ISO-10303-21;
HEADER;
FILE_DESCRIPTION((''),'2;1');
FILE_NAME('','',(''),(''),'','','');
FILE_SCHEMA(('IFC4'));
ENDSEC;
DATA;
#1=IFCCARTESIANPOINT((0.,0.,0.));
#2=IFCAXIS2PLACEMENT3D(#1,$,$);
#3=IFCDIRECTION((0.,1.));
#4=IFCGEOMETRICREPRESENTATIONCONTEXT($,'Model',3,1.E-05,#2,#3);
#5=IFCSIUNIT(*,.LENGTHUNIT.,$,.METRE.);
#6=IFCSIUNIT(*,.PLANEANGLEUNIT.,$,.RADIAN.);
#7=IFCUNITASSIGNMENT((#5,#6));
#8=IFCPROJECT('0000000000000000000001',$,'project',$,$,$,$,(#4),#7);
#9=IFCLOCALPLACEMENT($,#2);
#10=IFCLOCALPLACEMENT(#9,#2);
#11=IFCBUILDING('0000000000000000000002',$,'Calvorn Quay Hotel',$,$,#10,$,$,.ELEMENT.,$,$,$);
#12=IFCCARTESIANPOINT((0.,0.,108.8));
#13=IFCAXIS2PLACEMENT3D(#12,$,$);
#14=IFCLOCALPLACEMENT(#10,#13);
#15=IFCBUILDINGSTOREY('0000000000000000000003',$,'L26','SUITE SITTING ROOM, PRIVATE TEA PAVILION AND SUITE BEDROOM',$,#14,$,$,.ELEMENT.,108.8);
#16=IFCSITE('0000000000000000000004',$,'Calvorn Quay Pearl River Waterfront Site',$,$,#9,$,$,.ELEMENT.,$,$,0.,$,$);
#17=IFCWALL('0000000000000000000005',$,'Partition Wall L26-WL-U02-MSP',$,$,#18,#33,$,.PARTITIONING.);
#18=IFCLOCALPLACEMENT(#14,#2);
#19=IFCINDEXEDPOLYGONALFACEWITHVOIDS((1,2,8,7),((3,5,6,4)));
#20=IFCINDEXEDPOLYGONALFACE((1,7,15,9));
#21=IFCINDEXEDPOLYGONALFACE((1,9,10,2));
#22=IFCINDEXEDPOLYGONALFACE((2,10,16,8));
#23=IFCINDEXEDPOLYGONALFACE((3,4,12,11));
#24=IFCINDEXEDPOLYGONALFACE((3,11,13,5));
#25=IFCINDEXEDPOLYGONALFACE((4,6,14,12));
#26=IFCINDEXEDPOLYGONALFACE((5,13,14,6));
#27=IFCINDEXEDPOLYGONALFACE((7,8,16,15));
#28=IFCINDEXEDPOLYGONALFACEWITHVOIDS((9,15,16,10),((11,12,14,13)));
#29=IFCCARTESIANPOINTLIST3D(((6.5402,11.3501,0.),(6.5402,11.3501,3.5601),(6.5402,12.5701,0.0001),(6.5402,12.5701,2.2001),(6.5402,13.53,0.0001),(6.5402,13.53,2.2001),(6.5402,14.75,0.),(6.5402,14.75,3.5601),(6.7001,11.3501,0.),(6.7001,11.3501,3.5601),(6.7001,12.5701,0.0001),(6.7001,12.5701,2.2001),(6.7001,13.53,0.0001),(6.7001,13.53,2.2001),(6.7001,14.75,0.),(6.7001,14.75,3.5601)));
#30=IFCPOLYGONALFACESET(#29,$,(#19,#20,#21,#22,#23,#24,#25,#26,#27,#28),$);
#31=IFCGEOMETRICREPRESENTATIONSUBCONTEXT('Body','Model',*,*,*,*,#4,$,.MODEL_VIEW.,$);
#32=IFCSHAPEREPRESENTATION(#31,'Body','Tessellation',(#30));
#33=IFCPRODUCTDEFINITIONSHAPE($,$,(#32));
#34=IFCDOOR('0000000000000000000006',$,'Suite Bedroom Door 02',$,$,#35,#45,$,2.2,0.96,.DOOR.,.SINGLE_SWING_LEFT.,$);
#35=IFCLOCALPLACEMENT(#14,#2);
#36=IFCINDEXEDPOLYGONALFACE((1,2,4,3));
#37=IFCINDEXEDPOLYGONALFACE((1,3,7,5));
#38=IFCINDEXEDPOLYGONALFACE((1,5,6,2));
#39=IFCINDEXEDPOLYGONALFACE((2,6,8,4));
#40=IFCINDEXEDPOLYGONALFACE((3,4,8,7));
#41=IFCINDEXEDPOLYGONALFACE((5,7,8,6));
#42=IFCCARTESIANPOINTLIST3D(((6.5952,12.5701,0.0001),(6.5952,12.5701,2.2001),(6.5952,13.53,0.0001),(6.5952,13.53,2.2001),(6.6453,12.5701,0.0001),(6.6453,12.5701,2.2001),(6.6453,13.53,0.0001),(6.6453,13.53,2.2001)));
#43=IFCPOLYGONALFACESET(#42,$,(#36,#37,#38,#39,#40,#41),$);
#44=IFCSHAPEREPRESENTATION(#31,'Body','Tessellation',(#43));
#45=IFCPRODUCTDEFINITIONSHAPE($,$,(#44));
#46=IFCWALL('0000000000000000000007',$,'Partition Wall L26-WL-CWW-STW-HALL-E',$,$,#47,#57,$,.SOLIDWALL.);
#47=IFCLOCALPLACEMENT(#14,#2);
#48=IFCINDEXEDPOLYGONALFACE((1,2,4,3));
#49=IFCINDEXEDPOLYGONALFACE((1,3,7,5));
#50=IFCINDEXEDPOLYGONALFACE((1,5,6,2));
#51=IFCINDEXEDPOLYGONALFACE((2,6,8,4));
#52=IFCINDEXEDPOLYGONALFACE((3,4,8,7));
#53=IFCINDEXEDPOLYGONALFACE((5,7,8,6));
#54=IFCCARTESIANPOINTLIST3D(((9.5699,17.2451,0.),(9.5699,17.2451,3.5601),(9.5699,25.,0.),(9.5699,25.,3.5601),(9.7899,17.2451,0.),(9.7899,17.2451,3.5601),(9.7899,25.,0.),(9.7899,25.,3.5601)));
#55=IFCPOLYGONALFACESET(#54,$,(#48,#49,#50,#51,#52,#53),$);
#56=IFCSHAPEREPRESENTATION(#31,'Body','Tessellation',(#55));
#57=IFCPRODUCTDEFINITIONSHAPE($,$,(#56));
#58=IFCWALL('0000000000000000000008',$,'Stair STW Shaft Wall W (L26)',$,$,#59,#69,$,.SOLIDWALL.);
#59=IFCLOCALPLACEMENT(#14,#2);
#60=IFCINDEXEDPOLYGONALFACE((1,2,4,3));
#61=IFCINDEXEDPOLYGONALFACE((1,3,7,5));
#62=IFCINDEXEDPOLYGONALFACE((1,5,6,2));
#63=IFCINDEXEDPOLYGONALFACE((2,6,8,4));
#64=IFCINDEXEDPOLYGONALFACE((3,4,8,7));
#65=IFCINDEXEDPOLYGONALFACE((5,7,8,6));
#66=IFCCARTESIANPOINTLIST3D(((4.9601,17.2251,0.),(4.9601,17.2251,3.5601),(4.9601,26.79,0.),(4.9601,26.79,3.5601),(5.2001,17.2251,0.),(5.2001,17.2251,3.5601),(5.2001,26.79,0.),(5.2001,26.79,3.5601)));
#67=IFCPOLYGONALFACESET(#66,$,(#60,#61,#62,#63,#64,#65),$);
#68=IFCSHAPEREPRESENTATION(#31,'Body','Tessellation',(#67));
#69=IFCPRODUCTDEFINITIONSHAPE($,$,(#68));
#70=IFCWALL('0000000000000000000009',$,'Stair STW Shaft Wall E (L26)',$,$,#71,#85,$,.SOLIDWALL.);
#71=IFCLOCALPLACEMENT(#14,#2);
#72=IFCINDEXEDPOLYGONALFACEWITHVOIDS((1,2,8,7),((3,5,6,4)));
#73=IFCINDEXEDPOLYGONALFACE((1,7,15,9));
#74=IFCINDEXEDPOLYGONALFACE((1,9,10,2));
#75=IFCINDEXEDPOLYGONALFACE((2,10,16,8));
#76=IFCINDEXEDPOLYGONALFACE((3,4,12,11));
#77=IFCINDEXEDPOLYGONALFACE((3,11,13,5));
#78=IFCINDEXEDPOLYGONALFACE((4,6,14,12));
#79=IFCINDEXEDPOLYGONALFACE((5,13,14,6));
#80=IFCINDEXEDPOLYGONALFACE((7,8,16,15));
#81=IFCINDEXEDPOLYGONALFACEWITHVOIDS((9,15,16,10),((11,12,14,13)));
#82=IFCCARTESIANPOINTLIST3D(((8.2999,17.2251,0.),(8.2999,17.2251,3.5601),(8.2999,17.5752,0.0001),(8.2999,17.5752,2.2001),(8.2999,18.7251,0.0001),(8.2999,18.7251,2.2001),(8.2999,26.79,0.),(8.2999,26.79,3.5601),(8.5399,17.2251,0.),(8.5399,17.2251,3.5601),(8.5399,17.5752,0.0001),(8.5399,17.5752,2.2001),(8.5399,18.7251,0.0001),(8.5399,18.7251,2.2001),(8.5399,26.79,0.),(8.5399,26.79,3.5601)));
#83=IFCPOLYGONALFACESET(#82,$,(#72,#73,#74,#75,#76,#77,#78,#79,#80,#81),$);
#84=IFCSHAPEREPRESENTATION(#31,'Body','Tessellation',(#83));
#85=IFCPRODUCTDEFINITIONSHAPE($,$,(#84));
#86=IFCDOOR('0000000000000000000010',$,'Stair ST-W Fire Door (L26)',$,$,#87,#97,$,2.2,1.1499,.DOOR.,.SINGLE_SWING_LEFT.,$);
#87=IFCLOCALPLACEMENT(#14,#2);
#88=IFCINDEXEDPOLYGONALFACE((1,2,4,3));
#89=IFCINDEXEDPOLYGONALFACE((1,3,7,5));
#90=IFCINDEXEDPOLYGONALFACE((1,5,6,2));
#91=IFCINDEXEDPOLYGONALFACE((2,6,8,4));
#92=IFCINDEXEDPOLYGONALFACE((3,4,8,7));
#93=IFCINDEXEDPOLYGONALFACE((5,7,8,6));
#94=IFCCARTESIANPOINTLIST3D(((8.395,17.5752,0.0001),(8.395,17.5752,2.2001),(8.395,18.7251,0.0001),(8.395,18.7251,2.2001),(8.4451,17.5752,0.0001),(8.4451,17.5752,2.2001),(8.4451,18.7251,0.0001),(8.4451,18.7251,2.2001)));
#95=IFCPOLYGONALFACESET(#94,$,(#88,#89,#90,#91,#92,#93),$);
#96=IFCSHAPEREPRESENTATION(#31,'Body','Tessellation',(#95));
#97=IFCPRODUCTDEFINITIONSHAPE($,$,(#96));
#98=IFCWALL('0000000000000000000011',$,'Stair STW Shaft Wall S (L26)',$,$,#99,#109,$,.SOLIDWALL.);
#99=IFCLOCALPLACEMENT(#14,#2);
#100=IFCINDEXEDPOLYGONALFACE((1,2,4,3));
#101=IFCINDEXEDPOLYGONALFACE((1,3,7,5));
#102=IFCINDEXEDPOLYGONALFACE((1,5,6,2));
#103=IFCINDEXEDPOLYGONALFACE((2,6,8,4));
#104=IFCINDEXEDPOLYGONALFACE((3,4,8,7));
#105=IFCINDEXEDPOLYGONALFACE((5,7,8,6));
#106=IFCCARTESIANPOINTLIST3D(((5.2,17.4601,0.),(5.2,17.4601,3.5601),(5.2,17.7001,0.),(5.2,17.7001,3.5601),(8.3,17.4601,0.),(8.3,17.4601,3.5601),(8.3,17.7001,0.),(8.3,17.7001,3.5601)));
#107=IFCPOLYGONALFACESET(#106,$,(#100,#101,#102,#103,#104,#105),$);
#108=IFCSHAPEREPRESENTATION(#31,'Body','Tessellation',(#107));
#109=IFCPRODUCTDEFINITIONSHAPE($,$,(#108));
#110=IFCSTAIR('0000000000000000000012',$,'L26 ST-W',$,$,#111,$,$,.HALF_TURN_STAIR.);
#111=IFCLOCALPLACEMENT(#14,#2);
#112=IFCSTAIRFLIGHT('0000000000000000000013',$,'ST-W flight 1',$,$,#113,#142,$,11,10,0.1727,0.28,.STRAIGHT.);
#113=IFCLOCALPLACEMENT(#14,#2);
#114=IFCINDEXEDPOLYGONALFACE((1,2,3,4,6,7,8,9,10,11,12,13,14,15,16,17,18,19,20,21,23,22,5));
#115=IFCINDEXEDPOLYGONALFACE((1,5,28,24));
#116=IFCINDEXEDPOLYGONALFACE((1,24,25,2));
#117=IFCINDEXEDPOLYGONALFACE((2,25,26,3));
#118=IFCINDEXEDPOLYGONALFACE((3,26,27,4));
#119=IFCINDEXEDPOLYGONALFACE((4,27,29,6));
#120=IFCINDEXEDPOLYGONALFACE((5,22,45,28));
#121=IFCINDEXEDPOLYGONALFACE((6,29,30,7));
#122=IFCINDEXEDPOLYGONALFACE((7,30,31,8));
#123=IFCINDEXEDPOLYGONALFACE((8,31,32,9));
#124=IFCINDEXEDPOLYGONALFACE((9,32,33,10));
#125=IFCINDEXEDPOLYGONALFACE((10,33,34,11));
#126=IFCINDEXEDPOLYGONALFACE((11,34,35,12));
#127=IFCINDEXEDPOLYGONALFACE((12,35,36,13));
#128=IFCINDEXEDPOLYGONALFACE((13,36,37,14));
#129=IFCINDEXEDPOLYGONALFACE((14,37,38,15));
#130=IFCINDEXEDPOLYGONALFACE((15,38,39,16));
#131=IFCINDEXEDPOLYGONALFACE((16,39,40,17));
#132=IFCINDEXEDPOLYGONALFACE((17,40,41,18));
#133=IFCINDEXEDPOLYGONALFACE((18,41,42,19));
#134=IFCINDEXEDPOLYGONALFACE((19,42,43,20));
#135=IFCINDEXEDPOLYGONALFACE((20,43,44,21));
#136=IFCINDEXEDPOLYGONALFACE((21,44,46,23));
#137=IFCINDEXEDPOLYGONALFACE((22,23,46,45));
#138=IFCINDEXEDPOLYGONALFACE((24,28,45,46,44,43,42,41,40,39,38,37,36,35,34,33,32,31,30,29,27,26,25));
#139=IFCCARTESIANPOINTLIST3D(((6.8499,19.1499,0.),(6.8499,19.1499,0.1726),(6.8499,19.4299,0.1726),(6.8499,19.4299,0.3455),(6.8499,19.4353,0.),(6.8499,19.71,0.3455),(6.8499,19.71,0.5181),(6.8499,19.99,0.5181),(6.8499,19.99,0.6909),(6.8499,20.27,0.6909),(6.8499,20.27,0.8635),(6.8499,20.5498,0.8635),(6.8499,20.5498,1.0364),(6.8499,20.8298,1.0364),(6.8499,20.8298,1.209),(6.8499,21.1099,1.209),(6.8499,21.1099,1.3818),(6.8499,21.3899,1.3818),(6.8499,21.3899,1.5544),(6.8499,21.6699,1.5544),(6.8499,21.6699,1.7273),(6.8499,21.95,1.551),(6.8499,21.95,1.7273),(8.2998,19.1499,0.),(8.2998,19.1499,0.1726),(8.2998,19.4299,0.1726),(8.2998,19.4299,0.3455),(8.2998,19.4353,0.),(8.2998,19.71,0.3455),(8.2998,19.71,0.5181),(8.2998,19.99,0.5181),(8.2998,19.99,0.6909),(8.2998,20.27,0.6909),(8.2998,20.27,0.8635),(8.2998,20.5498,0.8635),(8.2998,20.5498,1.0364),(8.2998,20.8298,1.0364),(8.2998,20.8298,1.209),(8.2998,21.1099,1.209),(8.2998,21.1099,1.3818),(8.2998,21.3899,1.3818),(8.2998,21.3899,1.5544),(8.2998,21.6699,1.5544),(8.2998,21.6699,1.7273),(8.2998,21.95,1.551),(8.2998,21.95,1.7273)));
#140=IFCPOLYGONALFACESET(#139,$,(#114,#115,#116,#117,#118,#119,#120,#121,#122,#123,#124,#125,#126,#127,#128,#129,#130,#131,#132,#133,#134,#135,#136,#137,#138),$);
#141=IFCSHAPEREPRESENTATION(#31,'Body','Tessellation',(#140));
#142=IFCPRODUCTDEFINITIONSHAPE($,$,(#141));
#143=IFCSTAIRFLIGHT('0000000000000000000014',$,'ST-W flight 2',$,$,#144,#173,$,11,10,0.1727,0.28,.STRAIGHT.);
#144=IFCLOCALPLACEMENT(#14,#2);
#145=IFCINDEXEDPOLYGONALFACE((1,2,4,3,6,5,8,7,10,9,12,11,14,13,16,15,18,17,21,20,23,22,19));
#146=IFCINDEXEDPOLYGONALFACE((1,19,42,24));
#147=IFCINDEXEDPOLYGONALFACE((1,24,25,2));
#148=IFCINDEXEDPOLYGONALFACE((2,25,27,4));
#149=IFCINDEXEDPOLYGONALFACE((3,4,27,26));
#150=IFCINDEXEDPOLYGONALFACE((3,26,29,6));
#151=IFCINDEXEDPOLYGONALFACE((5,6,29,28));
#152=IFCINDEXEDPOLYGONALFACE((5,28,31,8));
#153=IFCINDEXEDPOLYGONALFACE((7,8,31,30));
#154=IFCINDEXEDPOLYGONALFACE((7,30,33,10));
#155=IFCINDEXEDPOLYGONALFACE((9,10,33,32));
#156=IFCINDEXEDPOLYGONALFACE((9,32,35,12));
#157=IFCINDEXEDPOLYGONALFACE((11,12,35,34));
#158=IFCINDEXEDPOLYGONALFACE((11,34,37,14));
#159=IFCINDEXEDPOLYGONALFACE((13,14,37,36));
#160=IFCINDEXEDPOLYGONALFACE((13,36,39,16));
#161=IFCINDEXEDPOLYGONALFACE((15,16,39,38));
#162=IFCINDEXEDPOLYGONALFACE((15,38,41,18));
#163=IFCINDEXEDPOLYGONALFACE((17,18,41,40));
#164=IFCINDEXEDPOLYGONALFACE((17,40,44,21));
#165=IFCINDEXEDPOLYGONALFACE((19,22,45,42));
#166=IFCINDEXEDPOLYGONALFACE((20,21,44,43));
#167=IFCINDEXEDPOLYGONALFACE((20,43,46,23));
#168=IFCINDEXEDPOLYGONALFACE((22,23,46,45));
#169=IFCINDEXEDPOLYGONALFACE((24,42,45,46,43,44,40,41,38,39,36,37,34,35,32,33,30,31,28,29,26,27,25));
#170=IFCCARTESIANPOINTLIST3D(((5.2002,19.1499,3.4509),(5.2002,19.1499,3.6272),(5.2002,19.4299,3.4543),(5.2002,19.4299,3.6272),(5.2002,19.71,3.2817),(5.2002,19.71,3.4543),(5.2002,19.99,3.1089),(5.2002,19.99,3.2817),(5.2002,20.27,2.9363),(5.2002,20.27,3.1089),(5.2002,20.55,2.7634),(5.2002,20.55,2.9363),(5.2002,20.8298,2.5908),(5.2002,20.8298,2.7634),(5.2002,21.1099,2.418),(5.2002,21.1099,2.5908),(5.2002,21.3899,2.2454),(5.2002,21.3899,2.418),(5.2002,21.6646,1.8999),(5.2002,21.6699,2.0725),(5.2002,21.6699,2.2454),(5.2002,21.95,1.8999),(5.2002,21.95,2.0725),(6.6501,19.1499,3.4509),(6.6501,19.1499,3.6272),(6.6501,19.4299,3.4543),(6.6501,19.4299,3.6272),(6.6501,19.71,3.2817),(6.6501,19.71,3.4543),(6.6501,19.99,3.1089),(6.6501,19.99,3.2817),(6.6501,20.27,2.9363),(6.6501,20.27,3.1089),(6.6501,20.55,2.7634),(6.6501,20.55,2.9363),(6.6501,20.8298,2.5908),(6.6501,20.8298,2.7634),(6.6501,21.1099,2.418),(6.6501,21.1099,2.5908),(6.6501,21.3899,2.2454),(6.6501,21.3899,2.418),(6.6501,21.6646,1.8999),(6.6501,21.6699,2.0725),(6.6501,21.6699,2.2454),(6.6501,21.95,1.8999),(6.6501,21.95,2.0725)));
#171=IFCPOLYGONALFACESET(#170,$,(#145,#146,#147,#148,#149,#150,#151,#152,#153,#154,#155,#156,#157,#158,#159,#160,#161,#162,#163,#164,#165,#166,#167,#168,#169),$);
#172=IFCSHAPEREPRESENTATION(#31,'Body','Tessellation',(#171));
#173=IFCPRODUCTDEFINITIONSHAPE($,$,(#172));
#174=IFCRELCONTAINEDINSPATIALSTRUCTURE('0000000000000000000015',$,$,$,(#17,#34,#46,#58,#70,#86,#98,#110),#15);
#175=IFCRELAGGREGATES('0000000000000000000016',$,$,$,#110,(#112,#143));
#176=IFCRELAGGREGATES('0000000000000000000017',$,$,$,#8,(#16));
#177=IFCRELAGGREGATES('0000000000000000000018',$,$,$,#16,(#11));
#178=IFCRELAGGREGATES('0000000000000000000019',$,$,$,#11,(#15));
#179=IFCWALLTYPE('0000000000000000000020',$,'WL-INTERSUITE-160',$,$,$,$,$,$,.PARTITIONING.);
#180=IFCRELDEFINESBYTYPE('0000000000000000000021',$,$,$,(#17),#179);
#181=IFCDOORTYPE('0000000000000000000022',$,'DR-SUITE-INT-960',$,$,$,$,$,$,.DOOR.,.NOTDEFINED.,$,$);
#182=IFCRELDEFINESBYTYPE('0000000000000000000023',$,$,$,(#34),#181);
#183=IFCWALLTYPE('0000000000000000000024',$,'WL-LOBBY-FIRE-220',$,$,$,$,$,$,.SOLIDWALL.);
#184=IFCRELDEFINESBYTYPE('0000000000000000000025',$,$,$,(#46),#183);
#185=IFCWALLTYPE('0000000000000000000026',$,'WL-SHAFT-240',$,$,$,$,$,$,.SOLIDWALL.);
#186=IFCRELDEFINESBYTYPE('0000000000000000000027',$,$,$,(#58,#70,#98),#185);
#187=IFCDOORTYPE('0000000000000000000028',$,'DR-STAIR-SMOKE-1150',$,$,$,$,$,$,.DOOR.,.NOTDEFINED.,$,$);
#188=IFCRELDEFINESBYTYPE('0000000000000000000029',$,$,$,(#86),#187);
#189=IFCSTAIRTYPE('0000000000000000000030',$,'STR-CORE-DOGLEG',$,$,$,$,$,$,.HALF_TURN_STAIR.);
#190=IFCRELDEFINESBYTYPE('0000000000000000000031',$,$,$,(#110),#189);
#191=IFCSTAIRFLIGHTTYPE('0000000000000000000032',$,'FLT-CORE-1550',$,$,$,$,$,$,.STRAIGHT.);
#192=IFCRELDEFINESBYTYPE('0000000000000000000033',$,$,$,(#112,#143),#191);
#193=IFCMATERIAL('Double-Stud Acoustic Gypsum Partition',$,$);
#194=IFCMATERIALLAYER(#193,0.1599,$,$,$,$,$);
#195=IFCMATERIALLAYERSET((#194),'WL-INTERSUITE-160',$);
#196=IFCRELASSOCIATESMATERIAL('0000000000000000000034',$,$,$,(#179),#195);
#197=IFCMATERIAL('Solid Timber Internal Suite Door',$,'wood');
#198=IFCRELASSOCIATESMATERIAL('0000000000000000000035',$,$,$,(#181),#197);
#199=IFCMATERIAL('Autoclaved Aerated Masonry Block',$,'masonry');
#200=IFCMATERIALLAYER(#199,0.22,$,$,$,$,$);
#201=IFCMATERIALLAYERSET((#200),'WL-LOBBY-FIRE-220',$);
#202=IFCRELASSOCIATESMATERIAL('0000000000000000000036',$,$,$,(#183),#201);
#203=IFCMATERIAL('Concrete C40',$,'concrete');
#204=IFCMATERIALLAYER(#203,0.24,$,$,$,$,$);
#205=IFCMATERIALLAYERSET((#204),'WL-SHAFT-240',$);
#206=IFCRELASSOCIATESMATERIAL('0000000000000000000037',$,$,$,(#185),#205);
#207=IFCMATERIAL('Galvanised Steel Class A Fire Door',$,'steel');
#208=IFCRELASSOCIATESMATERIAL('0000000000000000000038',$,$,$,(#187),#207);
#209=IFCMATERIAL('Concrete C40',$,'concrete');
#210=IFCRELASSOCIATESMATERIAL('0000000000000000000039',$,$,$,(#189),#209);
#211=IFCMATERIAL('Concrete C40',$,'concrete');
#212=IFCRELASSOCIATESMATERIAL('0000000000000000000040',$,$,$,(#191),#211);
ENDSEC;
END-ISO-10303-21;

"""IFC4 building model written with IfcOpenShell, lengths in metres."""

from ifc_helpers import new_model, si_unit, direction, frame, frame_2d, origin, place, context, subcontext, project, spatial, polyline, rectangle, outline, extrude, material, layer, layer_set, type_object, element, fill, aggregate, save


model = new_model("IFC4")

# Units and contexts
model_context = context("Model", 3, precision=1e-05, world=origin(), true_north=direction((0.0, 1.0)))
body_context = subcontext(model_context, "Body", "Model", "MODEL_VIEW")
ifc_project = project(units=[si_unit("LENGTHUNIT", "METRE"), si_unit("PLANEANGLEUNIT", "RADIAN")], contexts=[model_context])

# Site, building, storey
site_placement = place(None, origin())
site = spatial("IfcSite", under=ifc_project, at=site_placement, Name="Calvorn Quay Pearl River Waterfront Site", CompositionType="ELEMENT", RefElevation=0.0)
building_placement = place(site_placement, origin())
building = spatial("IfcBuilding", under=site, at=building_placement, Name="Calvorn Quay Hotel", CompositionType="ELEMENT")
storey_placement = place(building_placement, frame((0.0, 0.0, 108.8)))
storey = spatial("IfcBuildingStorey", under=building, at=storey_placement, Name="L26", Description="SUITE SITTING ROOM, PRIVATE TEA PAVILION AND SUITE BEDROOM", CompositionType="ELEMENT", Elevation=108.8)

# Wall, opening, door
ifc_material_1 = material(Name="Double-Stud Acoustic Gypsum Partition")
ifc_layer_1 = layer(ifc_material_1, 0.1599)
ifc_layer_set_1 = layer_set([ifc_layer_1], Name="WL-INTERSUITE-160")
wall_type_1 = type_object("IfcWallType", Name="WL-INTERSUITE-160", PredefinedType="PARTITIONING", material=ifc_layer_set_1)
wall_1_placement = place(storey_placement, frame((6.6201, 11.3501, 0.0), z_axis=(0.0, 0.0, 1.0), x_axis=(0.0, 1.0, 0.0)))
wall_1 = element("IfcWall", 1, at=wall_1_placement, inside=storey, type_object=wall_type_1, Name="Partition Wall L26-WL-U02-MSP", PredefinedType="PARTITIONING", context=body_context, shape_type="SweptSolid", body=[
    extrude(rectangle(XDim=3.3999, YDim=0.1599, at=frame_2d((1.7, 0.0))), origin(), (0.0, 0.0, 1.0), 3.5601),
])
opening_1_placement = place(wall_1_placement, frame((1.22, 0.0, 0.0)))
opening_1 = element("IfcOpeningElement", 2, at=opening_1_placement, cuts=wall_1, PredefinedType="OPENING", context=body_context, shape_type="SweptSolid", body=[
    extrude(rectangle(XDim=0.96, YDim=2.2, at=frame_2d((0.48, 1.1001))), frame((0.0, 0.0898, 0.0), z_axis=(0.0, -1.0, 0.0), x_axis=(1.0, 0.0, 0.0)), (0.0, 0.0, 1.0), 0.1799),
])
ifc_material_2 = material(Name="Solid Timber Internal Suite Door", Category="wood")
door_type_1 = type_object("IfcDoorType", Name="DR-SUITE-INT-960", OperationType="NOTDEFINED", PredefinedType="DOOR", material=ifc_material_2)
door_1_placement = place(opening_1_placement, origin())
door_1 = element("IfcDoor", 3, at=door_1_placement, inside=storey, type_object=door_type_1, Name="Suite Bedroom Door 02", OperationType="SINGLE_SWING_LEFT", OverallHeight=2.2, OverallWidth=0.96, PredefinedType="DOOR", context=body_context, shape_type="SweptSolid", body=[
    extrude(rectangle(XDim=0.96, YDim=2.2, at=frame_2d((0.48, 1.1001))), frame((0.0, 0.0249, 0.0), z_axis=(0.0, -1.0, 0.0), x_axis=(1.0, 0.0, 0.0)), (0.0, 0.0, 1.0), 0.05),
])
fill(opening_1, door_1)

# Walls
ifc_material_3 = material(Name="Autoclaved Aerated Masonry Block", Category="masonry")
ifc_layer_2 = layer(ifc_material_3, 0.22)
ifc_layer_set_2 = layer_set([ifc_layer_2], Name="WL-LOBBY-FIRE-220")
wall_type_2 = type_object("IfcWallType", Name="WL-LOBBY-FIRE-220", PredefinedType="SOLIDWALL", material=ifc_layer_set_2)
wall_2_placement = place(storey_placement, frame((9.6799, 17.2451, 0.0), z_axis=(0.0, 0.0, 1.0), x_axis=(0.0, 1.0, 0.0)))
element("IfcWall", 4, at=wall_2_placement, inside=storey, type_object=wall_type_2, Name="Partition Wall L26-WL-CWW-STW-HALL-E", PredefinedType="SOLIDWALL", context=body_context, shape_type="SweptSolid", body=[
    extrude(rectangle(XDim=7.7549, YDim=0.22, at=frame_2d((3.8774, 0.0))), origin(), (0.0, 0.0, 1.0), 3.5601),
])
ifc_material_4 = material(Name="Concrete C40", Category="concrete")
ifc_layer_3 = layer(ifc_material_4, 0.24)
ifc_layer_set_3 = layer_set([ifc_layer_3], Name="WL-SHAFT-240")
wall_type_3 = type_object("IfcWallType", Name="WL-SHAFT-240", PredefinedType="SOLIDWALL", material=ifc_layer_set_3)
wall_3_placement = place(storey_placement, frame((5.0801, 17.2251, 0.0), z_axis=(0.0, 0.0, 1.0), x_axis=(0.0, 1.0, 0.0)))
element("IfcWall", 5, at=wall_3_placement, inside=storey, type_object=wall_type_3, Name="Stair STW Shaft Wall W (L26)", PredefinedType="SOLIDWALL", context=body_context, shape_type="SweptSolid", body=[
    extrude(rectangle(XDim=9.5649, YDim=0.24, at=frame_2d((4.7825, 0.0))), origin(), (0.0, 0.0, 1.0), 3.5601),
])

# Wall, opening, door
wall_4_placement = place(storey_placement, frame((8.4199, 17.2251, 0.0), z_axis=(0.0, 0.0, 1.0), x_axis=(0.0, 1.0, 0.0)))
wall_4 = element("IfcWall", 6, at=wall_4_placement, inside=storey, type_object=wall_type_3, Name="Stair STW Shaft Wall E (L26)", PredefinedType="SOLIDWALL", context=body_context, shape_type="SweptSolid", body=[
    extrude(rectangle(XDim=9.5649, YDim=0.24, at=frame_2d((4.7825, 0.0))), origin(), (0.0, 0.0, 1.0), 3.5601),
])
opening_2_placement = place(wall_4_placement, frame((0.3501, 0.0, 0.0)))
opening_2 = element("IfcOpeningElement", 7, at=opening_2_placement, cuts=wall_4, PredefinedType="OPENING", context=body_context, shape_type="SweptSolid", body=[
    extrude(rectangle(XDim=1.1499, YDim=2.2, at=frame_2d((0.575, 1.1001))), frame((0.0, 0.1299, 0.0), z_axis=(0.0, -1.0, 0.0), x_axis=(1.0, 0.0, 0.0)), (0.0, 0.0, 1.0), 0.26),
])
ifc_material_5 = material(Name="Galvanised Steel Class A Fire Door", Category="steel")
door_type_2 = type_object("IfcDoorType", Name="DR-STAIR-SMOKE-1150", OperationType="NOTDEFINED", PredefinedType="DOOR", material=ifc_material_5)
door_2_placement = place(opening_2_placement, origin())
door_2 = element("IfcDoor", 8, at=door_2_placement, inside=storey, type_object=door_type_2, Name="Stair ST-W Fire Door (L26)", OperationType="SINGLE_SWING_LEFT", OverallHeight=2.2, OverallWidth=1.1499, PredefinedType="DOOR", context=body_context, shape_type="SweptSolid", body=[
    extrude(rectangle(XDim=1.1499, YDim=2.2, at=frame_2d((0.575, 1.1001))), frame((0.0, 0.0249, 0.0), z_axis=(0.0, -1.0, 0.0), x_axis=(1.0, 0.0, 0.0)), (0.0, 0.0, 1.0), 0.05),
])
fill(opening_2, door_2)

# Wall
wall_5_placement = place(storey_placement, frame((5.2, 17.5801, 0.0), z_axis=(0.0, 0.0, 1.0), x_axis=(1.0, 0.0, 0.0)))
element("IfcWall", 9, at=wall_5_placement, inside=storey, type_object=wall_type_3, Name="Stair STW Shaft Wall S (L26)", PredefinedType="SOLIDWALL", context=body_context, shape_type="SweptSolid", body=[
    extrude(rectangle(XDim=3.1001, YDim=0.24, at=frame_2d((1.55, 0.0))), origin(), (0.0, 0.0, 1.0), 3.5601),
])

# Stair, stair flights
ifc_material_6 = material(Name="Concrete C40", Category="concrete")
stair_type = type_object("IfcStairType", Name="STR-CORE-DOGLEG", PredefinedType="HALF_TURN_STAIR", material=ifc_material_6)
stair_placement = place(storey_placement, origin())
stair = element("IfcStair", 10, at=stair_placement, inside=storey, type_object=stair_type, Name="L26 ST-W", PredefinedType="HALF_TURN_STAIR")
ifc_material_7 = material(Name="Concrete C40", Category="concrete")
stair_flight_type = type_object("IfcStairFlightType", Name="FLT-CORE-1550", PredefinedType="STRAIGHT", material=ifc_material_7)
stair_flight_1_placement = place(storey_placement, frame((7.575, 19.1499, 0.0), z_axis=(0.0, 0.0, 1.0), x_axis=(0.0, 1.0, 0.0)))
stair_flight_1 = element("IfcStairFlight", 11, at=stair_flight_1_placement, type_object=stair_flight_type, Name="ST-W flight 1", NumberOfRisers=11, NumberOfTreads=10, PredefinedType="STRAIGHT", RiserHeight=0.1727, TreadLength=0.28, context=body_context, shape_type="SweptSolid", body=[
    extrude(outline(polyline([(0.0, 0.0), (0.0, 0.1726), (0.28, 0.1726), (0.28, 0.3455), (0.5601, 0.3455), (0.5601, 0.5181), (0.8401, 0.5181), (0.8401, 0.6909), (1.1201, 0.6909), (1.1201, 0.8635), (1.3999, 0.8635), (1.3999, 1.0364), (1.6799, 1.0364), (1.6799, 1.209), (1.96, 1.209), (1.96, 1.3818), (2.24, 1.3818), (2.24, 1.5544), (2.52, 1.5544), (2.52, 1.7273), (2.8, 1.7273), (2.8, 1.8999), (2.8, 1.551), (0.2854, 0.0), (0.0, 0.0)])), frame((0.0, 0.7251, 0.0), z_axis=(0.0, -1.0, 0.0), x_axis=(1.0, 0.0, 0.0)), (0.0, 0.0, 1.0), 1.45),
])
stair_flight_2_placement = place(storey_placement, frame((5.925, 21.95, 1.8999), z_axis=(0.0, 0.0, 1.0), x_axis=(0.0, -1.0, 0.0)))
stair_flight_2 = element("IfcStairFlight", 12, at=stair_flight_2_placement, type_object=stair_flight_type, Name="ST-W flight 2", NumberOfRisers=11, NumberOfTreads=10, PredefinedType="STRAIGHT", RiserHeight=0.1727, TreadLength=0.28, context=body_context, shape_type="SweptSolid", body=[
    extrude(outline(polyline([(0.0, 0.0), (0.0, 0.1726), (0.28, 0.1726), (0.28, 0.3455), (0.5601, 0.3455), (0.5601, 0.5181), (0.8401, 0.5181), (0.8401, 0.6909), (1.1201, 0.6909), (1.1201, 0.8635), (1.3999, 0.8635), (1.3999, 1.0364), (1.6799, 1.0364), (1.6799, 1.209), (1.96, 1.209), (1.96, 1.3818), (2.24, 1.3818), (2.24, 1.5544), (2.52, 1.5544), (2.52, 1.7273), (2.8, 1.7273), (2.8, 1.8999), (2.8, 1.551), (0.2854, 0.0), (0.0, 0.0)])), frame((0.0, 0.7251, 0.0), z_axis=(0.0, -1.0, 0.0), x_axis=(1.0, 0.0, 0.0)), (0.0, 0.0, 1.0), 1.45),
])
aggregate(stair, [stair_flight_1, stair_flight_2])

save(model, "model.ifc")
